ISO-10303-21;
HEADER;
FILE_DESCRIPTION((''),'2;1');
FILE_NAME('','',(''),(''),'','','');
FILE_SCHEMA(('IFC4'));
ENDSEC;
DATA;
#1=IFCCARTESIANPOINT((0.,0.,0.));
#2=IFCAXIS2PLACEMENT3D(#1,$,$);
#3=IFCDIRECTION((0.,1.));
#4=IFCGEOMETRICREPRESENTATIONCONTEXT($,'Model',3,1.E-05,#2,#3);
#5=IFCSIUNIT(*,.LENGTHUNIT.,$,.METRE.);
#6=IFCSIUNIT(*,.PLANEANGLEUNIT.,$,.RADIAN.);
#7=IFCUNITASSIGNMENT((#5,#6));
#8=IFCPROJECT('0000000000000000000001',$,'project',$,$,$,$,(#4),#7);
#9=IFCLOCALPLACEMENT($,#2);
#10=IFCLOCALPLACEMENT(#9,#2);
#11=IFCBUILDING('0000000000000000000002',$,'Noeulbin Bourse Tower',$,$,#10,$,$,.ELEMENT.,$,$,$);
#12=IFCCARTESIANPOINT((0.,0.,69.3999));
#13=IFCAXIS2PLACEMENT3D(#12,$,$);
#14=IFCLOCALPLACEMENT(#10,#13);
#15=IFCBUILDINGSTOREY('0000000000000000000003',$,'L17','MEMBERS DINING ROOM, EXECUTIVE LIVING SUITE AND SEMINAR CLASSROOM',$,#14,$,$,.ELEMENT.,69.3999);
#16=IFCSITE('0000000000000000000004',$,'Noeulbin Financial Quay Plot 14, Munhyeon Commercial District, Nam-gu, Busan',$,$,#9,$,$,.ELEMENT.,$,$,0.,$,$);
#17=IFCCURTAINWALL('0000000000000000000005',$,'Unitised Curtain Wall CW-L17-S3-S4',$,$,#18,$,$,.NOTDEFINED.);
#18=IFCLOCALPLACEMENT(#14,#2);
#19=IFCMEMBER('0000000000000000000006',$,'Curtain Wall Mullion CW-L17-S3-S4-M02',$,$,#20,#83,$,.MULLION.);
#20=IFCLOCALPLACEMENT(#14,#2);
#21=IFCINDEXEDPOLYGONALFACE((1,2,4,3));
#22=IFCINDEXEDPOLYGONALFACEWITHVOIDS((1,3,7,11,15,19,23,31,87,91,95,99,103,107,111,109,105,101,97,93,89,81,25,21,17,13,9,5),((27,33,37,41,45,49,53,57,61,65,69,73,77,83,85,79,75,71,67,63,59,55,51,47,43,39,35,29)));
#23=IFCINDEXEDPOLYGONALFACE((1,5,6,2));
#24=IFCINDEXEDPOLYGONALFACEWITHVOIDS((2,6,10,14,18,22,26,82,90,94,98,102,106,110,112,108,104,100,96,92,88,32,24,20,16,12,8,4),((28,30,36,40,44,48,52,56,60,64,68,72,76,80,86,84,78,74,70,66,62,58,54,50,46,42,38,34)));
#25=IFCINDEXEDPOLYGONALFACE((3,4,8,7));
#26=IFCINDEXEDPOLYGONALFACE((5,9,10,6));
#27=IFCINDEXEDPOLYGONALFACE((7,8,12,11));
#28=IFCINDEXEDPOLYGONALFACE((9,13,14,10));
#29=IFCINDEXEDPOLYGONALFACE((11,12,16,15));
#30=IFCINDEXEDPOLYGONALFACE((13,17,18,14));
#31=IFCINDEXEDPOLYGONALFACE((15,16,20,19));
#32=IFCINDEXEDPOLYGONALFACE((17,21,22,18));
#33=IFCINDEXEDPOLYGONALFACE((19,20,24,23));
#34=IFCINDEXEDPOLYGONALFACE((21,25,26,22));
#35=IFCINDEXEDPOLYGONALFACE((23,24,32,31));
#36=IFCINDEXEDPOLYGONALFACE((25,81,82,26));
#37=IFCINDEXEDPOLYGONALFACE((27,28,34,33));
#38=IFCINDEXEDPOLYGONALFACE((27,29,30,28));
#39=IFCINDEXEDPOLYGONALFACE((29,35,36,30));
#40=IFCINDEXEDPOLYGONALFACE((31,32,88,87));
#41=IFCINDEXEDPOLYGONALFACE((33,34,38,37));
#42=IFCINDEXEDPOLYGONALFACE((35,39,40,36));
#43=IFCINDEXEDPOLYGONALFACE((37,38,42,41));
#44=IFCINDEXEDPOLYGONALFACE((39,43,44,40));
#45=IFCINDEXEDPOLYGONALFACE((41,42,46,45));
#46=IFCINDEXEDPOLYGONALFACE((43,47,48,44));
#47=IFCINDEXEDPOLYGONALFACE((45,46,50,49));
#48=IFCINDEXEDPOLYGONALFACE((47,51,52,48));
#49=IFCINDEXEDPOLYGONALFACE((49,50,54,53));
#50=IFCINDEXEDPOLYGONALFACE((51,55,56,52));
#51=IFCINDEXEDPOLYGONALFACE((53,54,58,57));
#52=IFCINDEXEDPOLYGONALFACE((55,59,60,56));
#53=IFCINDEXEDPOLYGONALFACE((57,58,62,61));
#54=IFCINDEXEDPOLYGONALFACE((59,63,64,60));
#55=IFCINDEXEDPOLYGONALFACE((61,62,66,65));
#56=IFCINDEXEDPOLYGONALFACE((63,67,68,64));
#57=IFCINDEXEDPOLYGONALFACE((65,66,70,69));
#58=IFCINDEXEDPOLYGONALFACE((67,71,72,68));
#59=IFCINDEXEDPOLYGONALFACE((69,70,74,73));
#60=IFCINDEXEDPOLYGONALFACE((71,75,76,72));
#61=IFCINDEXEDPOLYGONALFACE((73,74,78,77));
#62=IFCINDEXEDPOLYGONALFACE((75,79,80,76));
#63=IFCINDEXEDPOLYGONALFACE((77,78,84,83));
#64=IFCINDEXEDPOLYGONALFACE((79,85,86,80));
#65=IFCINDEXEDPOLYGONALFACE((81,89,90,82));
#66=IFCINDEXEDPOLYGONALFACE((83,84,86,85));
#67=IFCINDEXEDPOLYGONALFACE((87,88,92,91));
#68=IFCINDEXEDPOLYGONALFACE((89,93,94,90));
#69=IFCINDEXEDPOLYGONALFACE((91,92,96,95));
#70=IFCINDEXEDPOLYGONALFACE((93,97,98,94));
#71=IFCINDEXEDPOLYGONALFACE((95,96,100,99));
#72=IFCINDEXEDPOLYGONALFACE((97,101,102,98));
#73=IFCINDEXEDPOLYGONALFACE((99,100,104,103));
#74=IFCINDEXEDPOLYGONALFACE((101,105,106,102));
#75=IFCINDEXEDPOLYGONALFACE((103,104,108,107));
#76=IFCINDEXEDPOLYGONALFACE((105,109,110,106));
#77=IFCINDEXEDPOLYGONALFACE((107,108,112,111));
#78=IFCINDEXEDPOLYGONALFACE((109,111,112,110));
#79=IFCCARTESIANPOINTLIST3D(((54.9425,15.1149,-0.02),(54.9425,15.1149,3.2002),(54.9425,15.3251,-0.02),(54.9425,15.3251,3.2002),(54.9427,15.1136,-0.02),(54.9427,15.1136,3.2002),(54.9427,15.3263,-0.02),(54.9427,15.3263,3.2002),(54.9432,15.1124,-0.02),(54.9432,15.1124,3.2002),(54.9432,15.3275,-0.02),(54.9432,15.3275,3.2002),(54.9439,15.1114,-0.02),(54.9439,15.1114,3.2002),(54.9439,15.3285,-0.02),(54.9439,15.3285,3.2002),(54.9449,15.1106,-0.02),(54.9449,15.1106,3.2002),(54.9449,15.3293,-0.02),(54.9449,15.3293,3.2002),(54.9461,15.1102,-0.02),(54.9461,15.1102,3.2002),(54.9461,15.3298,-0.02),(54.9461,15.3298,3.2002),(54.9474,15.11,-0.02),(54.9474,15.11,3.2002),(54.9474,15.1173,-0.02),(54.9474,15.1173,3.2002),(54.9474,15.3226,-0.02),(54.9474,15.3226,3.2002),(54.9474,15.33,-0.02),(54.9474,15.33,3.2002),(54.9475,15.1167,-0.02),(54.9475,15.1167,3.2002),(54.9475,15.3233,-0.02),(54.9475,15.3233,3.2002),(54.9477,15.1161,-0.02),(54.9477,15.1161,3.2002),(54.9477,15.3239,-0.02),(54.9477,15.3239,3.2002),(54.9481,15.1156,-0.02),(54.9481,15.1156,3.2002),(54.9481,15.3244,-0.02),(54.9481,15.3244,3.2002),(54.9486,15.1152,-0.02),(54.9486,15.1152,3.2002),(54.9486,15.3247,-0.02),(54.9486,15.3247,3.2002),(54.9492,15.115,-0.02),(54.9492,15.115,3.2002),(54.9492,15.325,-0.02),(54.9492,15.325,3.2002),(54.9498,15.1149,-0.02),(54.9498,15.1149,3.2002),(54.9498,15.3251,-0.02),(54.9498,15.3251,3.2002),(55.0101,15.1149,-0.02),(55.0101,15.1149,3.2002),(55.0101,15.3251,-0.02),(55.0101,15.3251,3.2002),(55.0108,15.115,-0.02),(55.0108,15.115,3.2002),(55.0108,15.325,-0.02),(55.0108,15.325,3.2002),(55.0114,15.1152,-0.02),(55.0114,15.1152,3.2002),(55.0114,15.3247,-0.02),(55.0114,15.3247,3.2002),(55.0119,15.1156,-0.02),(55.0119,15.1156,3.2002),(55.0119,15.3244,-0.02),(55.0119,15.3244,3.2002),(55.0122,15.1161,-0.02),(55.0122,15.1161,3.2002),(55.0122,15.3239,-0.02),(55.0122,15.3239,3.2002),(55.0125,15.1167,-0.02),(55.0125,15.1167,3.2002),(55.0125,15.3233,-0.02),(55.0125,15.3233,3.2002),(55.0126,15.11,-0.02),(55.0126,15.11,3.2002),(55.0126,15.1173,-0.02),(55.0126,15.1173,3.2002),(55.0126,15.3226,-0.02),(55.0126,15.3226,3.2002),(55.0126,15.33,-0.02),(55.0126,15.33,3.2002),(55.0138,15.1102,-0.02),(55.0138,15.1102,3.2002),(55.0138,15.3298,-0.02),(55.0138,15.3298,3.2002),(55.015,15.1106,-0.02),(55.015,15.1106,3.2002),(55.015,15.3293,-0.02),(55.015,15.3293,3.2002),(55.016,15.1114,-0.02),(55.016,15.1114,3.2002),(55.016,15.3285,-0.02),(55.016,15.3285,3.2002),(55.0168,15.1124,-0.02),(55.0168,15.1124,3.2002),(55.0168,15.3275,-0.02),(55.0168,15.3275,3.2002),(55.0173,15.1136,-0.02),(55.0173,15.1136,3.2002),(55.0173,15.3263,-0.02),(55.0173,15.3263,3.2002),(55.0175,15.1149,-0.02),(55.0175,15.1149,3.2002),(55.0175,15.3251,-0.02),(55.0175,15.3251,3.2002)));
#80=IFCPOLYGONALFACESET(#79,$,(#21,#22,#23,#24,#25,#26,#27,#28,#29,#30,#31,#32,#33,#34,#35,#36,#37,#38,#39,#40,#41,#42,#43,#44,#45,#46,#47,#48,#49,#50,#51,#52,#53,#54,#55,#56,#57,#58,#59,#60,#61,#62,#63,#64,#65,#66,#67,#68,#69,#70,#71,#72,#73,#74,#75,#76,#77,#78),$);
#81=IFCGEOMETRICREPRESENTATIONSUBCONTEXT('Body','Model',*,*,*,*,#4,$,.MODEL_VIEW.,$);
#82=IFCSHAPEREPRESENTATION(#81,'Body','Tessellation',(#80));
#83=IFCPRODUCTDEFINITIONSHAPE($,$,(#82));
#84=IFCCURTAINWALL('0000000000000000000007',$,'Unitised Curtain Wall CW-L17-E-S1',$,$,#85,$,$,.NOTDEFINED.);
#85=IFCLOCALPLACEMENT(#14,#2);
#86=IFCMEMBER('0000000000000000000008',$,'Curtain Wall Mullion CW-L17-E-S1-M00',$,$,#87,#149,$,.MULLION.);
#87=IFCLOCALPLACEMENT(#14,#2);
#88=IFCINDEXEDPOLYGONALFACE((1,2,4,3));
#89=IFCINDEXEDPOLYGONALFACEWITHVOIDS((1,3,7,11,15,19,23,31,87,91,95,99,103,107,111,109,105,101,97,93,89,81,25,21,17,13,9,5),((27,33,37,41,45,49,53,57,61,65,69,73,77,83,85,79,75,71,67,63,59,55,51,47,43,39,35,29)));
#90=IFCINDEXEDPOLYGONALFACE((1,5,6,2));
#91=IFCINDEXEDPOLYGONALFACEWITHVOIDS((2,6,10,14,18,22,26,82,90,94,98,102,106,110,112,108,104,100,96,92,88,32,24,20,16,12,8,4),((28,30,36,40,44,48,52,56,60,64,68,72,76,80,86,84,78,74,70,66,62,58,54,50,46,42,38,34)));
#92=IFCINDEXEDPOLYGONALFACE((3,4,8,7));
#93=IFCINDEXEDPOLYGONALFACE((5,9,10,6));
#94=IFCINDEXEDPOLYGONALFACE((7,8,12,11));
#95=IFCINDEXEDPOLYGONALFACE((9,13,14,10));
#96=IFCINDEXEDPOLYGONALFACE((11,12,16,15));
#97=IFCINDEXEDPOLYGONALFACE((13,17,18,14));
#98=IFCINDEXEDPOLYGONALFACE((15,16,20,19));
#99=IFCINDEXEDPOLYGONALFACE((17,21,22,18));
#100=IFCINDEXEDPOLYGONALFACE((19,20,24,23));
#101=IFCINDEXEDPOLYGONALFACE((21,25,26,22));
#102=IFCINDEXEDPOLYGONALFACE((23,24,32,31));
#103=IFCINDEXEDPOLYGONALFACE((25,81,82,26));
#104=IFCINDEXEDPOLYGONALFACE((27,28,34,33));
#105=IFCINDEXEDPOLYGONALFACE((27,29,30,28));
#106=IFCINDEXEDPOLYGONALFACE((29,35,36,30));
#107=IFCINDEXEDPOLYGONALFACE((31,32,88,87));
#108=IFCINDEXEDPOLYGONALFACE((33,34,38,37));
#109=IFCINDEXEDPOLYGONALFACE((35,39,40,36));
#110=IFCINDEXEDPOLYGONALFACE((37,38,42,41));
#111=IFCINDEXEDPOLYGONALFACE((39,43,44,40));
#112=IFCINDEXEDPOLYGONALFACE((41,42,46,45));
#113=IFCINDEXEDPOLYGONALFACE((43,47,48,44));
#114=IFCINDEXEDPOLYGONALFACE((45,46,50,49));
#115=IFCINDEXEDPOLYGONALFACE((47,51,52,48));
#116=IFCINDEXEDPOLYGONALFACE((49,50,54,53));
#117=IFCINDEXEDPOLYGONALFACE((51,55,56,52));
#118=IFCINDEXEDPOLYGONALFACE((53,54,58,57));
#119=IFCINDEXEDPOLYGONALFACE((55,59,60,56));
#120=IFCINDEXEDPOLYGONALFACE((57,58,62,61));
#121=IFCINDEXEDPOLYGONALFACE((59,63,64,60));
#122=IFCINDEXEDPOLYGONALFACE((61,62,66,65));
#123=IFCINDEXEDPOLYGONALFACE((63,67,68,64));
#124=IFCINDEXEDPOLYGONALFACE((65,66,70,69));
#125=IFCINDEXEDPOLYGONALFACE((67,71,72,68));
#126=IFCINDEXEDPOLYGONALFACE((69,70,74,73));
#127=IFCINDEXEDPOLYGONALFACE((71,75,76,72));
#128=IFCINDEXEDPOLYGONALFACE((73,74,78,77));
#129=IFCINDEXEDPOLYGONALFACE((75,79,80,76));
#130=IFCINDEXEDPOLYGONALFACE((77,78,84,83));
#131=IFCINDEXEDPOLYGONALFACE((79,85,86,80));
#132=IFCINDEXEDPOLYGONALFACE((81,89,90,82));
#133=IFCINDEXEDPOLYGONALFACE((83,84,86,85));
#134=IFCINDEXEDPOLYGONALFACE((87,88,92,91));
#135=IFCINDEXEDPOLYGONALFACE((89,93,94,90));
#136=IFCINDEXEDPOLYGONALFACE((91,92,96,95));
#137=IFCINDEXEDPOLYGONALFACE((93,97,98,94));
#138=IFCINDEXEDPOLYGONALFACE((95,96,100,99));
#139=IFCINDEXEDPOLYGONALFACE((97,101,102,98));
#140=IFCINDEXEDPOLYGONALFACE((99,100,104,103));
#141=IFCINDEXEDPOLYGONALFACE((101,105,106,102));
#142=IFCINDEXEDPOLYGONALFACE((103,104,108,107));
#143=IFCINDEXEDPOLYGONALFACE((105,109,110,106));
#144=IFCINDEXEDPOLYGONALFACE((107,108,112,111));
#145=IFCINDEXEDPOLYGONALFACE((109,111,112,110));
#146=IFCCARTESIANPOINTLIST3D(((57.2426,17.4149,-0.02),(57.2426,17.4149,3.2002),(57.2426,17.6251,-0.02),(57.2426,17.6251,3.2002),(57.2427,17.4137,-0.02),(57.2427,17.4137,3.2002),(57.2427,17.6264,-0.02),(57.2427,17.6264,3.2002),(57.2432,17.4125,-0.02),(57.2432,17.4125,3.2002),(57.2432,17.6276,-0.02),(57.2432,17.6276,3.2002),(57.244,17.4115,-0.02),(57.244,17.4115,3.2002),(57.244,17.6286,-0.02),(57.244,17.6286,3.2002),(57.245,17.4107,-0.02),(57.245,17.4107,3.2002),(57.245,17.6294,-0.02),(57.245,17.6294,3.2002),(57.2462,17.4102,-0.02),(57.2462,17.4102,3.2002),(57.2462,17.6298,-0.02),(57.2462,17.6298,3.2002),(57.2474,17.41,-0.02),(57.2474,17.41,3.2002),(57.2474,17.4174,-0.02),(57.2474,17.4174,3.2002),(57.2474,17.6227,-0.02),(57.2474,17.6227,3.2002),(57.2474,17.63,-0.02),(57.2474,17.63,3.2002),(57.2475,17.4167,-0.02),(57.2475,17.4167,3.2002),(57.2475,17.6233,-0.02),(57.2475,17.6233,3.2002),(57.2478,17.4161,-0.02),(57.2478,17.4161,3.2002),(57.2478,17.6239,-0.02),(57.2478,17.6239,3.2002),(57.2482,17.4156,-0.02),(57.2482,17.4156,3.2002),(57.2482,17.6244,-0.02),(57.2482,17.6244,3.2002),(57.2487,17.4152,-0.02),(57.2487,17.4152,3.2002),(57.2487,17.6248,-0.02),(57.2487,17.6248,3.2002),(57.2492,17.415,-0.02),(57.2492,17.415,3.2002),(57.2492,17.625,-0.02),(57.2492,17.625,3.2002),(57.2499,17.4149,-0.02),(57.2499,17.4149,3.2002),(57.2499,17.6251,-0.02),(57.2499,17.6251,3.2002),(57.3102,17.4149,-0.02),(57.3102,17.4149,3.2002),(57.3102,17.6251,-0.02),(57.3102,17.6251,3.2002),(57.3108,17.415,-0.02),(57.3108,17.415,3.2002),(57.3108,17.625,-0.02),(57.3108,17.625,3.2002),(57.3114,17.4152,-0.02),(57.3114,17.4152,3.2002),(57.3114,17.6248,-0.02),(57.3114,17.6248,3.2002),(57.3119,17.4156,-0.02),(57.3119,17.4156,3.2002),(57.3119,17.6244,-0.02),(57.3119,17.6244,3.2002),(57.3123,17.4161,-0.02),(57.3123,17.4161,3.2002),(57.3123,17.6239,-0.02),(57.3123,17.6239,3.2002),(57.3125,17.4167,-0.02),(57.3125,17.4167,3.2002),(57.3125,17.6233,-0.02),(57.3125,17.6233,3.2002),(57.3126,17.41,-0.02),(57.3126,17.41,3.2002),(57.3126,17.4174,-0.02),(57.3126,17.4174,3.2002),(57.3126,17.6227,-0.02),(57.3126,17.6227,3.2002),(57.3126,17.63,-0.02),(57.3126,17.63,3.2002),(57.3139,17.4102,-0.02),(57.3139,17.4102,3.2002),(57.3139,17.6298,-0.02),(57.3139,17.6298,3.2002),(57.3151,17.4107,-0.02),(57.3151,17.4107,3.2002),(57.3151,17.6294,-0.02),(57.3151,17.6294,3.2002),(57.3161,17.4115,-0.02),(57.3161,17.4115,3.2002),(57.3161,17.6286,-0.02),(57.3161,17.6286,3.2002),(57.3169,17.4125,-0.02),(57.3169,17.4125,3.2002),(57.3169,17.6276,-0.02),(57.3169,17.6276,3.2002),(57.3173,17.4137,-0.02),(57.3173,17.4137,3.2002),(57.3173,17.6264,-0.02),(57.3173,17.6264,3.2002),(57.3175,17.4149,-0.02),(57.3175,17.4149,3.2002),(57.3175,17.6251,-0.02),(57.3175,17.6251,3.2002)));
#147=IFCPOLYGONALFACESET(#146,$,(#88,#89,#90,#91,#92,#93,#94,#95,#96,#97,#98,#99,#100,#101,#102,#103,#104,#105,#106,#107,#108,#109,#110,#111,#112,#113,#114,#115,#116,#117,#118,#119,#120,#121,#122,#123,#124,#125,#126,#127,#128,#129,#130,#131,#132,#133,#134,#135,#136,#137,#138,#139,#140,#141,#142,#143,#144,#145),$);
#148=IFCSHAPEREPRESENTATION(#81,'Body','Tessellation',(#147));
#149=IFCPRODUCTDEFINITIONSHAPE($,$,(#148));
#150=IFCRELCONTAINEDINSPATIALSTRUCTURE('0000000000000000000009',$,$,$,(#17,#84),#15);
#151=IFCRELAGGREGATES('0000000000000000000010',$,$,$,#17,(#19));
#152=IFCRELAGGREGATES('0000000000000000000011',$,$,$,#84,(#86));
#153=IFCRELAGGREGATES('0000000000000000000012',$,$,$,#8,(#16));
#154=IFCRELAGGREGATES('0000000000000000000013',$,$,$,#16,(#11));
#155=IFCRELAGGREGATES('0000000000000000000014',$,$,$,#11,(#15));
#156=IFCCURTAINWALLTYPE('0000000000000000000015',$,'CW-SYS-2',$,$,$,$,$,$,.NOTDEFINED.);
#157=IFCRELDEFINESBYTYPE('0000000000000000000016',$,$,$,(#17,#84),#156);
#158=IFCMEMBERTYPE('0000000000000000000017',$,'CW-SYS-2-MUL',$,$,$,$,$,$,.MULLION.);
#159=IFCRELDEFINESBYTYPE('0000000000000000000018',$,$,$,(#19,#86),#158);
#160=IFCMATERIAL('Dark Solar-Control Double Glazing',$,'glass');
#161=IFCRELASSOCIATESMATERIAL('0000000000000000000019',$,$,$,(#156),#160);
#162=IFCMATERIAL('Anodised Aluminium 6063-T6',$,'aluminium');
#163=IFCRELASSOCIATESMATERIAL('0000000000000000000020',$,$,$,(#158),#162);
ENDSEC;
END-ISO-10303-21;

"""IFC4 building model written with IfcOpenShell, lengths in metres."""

from ifc_helpers import new_model, si_unit, direction, frame, origin, origin_2d, place, context, subcontext, project, spatial, hollow_rectangle, extrude, material, material_profile, profile_set, type_object, element, aggregate, save


model = new_model("IFC4")

# Units and contexts
model_context = context("Model", 3, precision=1e-05, world=origin(), true_north=direction((0.0, 1.0)))
body_context = subcontext(model_context, "Body", "Model", "MODEL_VIEW")
ifc_project = project(units=[si_unit("LENGTHUNIT", "METRE"), si_unit("PLANEANGLEUNIT", "RADIAN")], contexts=[model_context])

# Site, building, storey
site_placement = place(None, origin())
site = spatial("IfcSite", under=ifc_project, at=site_placement, Name="Noeulbin Financial Quay Plot 14, Munhyeon Commercial District, Nam-gu, Busan", CompositionType="ELEMENT", RefElevation=0.0)
building_placement = place(site_placement, origin())
building = spatial("IfcBuilding", under=site, at=building_placement, Name="Noeulbin Bourse Tower", CompositionType="ELEMENT")
storey_placement = place(building_placement, frame((0.0, 0.0, 69.3999)))
storey = spatial("IfcBuildingStorey", under=building, at=storey_placement, Name="L17", Description="MEMBERS DINING ROOM, EXECUTIVE LIVING SUITE AND SEMINAR CLASSROOM", CompositionType="ELEMENT", Elevation=69.3999)

# Curtain walls, members
ifc_material_1 = material(Name="Dark Solar-Control Double Glazing", Category="glass")
curtain_wall_type = type_object("IfcCurtainWallType", Name="CW-SYS-2", PredefinedType="NOTDEFINED", material=ifc_material_1)
curtain_wall_1_placement = place(storey_placement, origin())
curtain_wall_1 = element("IfcCurtainWall", 1, at=curtain_wall_1_placement, inside=storey, type_object=curtain_wall_type, Name="Unitised Curtain Wall CW-L17-S3-S4", PredefinedType="NOTDEFINED")
ifc_material_2 = material(Name="Anodised Aluminium 6063-T6", Category="aluminium")
ifc_material_profile_1 = material_profile(ifc_material_2, hollow_rectangle(XDim=0.075, YDim=0.22, WallThickness=0.0049, InnerFilletRadius=0.0024, OuterFilletRadius=0.0049, at=origin_2d()), Name="ALU-MULL-75x220x5", Category="LoadBearing")
ifc_profile_set_1 = profile_set([ifc_material_profile_1], Name="Anodised Aluminium 6063-T6")
member_type_1 = type_object("IfcMemberType", Name="CW-SYS-2-MUL", PredefinedType="MULLION", material=ifc_profile_set_1)
member_1_placement = place(storey_placement, frame((54.98, 15.22, -0.02), z_axis=(0.0, 0.0, 1.0), x_axis=(1.0, 0.0, 0.0)))
member_1 = element("IfcMember", 2, at=member_1_placement, type_object=member_type_1, Name="Curtain Wall Mullion CW-L17-S3-S4-M02", PredefinedType="MULLION", context=body_context, shape_type="SweptSolid", body=[
    extrude(hollow_rectangle(XDim=0.075, YDim=0.22, WallThickness=0.0049, InnerFilletRadius=0.0024, OuterFilletRadius=0.0049, at=origin_2d()), origin(), (0.0, 0.0, 1.0), 3.2202),
])
curtain_wall_2_placement = place(storey_placement, origin())
curtain_wall_2 = element("IfcCurtainWall", 3, at=curtain_wall_2_placement, inside=storey, type_object=curtain_wall_type, Name="Unitised Curtain Wall CW-L17-E-S1", PredefinedType="NOTDEFINED")
member_2_placement = place(storey_placement, frame((57.28, 17.52, -0.02), z_axis=(0.0, 0.0, 1.0), x_axis=(1.0, 0.0, 0.0)))
member_2 = element("IfcMember", 4, at=member_2_placement, type_object=member_type_1, Name="Curtain Wall Mullion CW-L17-E-S1-M00", PredefinedType="MULLION", context=body_context, shape_type="SweptSolid", body=[
    extrude(hollow_rectangle(XDim=0.075, YDim=0.22, WallThickness=0.0049, InnerFilletRadius=0.0024, OuterFilletRadius=0.0049, at=origin_2d()), origin(), (0.0, 0.0, 1.0), 3.2202),
])

aggregate(curtain_wall_1, [member_1])
aggregate(curtain_wall_2, [member_2])

save(model, "model.ifc")
